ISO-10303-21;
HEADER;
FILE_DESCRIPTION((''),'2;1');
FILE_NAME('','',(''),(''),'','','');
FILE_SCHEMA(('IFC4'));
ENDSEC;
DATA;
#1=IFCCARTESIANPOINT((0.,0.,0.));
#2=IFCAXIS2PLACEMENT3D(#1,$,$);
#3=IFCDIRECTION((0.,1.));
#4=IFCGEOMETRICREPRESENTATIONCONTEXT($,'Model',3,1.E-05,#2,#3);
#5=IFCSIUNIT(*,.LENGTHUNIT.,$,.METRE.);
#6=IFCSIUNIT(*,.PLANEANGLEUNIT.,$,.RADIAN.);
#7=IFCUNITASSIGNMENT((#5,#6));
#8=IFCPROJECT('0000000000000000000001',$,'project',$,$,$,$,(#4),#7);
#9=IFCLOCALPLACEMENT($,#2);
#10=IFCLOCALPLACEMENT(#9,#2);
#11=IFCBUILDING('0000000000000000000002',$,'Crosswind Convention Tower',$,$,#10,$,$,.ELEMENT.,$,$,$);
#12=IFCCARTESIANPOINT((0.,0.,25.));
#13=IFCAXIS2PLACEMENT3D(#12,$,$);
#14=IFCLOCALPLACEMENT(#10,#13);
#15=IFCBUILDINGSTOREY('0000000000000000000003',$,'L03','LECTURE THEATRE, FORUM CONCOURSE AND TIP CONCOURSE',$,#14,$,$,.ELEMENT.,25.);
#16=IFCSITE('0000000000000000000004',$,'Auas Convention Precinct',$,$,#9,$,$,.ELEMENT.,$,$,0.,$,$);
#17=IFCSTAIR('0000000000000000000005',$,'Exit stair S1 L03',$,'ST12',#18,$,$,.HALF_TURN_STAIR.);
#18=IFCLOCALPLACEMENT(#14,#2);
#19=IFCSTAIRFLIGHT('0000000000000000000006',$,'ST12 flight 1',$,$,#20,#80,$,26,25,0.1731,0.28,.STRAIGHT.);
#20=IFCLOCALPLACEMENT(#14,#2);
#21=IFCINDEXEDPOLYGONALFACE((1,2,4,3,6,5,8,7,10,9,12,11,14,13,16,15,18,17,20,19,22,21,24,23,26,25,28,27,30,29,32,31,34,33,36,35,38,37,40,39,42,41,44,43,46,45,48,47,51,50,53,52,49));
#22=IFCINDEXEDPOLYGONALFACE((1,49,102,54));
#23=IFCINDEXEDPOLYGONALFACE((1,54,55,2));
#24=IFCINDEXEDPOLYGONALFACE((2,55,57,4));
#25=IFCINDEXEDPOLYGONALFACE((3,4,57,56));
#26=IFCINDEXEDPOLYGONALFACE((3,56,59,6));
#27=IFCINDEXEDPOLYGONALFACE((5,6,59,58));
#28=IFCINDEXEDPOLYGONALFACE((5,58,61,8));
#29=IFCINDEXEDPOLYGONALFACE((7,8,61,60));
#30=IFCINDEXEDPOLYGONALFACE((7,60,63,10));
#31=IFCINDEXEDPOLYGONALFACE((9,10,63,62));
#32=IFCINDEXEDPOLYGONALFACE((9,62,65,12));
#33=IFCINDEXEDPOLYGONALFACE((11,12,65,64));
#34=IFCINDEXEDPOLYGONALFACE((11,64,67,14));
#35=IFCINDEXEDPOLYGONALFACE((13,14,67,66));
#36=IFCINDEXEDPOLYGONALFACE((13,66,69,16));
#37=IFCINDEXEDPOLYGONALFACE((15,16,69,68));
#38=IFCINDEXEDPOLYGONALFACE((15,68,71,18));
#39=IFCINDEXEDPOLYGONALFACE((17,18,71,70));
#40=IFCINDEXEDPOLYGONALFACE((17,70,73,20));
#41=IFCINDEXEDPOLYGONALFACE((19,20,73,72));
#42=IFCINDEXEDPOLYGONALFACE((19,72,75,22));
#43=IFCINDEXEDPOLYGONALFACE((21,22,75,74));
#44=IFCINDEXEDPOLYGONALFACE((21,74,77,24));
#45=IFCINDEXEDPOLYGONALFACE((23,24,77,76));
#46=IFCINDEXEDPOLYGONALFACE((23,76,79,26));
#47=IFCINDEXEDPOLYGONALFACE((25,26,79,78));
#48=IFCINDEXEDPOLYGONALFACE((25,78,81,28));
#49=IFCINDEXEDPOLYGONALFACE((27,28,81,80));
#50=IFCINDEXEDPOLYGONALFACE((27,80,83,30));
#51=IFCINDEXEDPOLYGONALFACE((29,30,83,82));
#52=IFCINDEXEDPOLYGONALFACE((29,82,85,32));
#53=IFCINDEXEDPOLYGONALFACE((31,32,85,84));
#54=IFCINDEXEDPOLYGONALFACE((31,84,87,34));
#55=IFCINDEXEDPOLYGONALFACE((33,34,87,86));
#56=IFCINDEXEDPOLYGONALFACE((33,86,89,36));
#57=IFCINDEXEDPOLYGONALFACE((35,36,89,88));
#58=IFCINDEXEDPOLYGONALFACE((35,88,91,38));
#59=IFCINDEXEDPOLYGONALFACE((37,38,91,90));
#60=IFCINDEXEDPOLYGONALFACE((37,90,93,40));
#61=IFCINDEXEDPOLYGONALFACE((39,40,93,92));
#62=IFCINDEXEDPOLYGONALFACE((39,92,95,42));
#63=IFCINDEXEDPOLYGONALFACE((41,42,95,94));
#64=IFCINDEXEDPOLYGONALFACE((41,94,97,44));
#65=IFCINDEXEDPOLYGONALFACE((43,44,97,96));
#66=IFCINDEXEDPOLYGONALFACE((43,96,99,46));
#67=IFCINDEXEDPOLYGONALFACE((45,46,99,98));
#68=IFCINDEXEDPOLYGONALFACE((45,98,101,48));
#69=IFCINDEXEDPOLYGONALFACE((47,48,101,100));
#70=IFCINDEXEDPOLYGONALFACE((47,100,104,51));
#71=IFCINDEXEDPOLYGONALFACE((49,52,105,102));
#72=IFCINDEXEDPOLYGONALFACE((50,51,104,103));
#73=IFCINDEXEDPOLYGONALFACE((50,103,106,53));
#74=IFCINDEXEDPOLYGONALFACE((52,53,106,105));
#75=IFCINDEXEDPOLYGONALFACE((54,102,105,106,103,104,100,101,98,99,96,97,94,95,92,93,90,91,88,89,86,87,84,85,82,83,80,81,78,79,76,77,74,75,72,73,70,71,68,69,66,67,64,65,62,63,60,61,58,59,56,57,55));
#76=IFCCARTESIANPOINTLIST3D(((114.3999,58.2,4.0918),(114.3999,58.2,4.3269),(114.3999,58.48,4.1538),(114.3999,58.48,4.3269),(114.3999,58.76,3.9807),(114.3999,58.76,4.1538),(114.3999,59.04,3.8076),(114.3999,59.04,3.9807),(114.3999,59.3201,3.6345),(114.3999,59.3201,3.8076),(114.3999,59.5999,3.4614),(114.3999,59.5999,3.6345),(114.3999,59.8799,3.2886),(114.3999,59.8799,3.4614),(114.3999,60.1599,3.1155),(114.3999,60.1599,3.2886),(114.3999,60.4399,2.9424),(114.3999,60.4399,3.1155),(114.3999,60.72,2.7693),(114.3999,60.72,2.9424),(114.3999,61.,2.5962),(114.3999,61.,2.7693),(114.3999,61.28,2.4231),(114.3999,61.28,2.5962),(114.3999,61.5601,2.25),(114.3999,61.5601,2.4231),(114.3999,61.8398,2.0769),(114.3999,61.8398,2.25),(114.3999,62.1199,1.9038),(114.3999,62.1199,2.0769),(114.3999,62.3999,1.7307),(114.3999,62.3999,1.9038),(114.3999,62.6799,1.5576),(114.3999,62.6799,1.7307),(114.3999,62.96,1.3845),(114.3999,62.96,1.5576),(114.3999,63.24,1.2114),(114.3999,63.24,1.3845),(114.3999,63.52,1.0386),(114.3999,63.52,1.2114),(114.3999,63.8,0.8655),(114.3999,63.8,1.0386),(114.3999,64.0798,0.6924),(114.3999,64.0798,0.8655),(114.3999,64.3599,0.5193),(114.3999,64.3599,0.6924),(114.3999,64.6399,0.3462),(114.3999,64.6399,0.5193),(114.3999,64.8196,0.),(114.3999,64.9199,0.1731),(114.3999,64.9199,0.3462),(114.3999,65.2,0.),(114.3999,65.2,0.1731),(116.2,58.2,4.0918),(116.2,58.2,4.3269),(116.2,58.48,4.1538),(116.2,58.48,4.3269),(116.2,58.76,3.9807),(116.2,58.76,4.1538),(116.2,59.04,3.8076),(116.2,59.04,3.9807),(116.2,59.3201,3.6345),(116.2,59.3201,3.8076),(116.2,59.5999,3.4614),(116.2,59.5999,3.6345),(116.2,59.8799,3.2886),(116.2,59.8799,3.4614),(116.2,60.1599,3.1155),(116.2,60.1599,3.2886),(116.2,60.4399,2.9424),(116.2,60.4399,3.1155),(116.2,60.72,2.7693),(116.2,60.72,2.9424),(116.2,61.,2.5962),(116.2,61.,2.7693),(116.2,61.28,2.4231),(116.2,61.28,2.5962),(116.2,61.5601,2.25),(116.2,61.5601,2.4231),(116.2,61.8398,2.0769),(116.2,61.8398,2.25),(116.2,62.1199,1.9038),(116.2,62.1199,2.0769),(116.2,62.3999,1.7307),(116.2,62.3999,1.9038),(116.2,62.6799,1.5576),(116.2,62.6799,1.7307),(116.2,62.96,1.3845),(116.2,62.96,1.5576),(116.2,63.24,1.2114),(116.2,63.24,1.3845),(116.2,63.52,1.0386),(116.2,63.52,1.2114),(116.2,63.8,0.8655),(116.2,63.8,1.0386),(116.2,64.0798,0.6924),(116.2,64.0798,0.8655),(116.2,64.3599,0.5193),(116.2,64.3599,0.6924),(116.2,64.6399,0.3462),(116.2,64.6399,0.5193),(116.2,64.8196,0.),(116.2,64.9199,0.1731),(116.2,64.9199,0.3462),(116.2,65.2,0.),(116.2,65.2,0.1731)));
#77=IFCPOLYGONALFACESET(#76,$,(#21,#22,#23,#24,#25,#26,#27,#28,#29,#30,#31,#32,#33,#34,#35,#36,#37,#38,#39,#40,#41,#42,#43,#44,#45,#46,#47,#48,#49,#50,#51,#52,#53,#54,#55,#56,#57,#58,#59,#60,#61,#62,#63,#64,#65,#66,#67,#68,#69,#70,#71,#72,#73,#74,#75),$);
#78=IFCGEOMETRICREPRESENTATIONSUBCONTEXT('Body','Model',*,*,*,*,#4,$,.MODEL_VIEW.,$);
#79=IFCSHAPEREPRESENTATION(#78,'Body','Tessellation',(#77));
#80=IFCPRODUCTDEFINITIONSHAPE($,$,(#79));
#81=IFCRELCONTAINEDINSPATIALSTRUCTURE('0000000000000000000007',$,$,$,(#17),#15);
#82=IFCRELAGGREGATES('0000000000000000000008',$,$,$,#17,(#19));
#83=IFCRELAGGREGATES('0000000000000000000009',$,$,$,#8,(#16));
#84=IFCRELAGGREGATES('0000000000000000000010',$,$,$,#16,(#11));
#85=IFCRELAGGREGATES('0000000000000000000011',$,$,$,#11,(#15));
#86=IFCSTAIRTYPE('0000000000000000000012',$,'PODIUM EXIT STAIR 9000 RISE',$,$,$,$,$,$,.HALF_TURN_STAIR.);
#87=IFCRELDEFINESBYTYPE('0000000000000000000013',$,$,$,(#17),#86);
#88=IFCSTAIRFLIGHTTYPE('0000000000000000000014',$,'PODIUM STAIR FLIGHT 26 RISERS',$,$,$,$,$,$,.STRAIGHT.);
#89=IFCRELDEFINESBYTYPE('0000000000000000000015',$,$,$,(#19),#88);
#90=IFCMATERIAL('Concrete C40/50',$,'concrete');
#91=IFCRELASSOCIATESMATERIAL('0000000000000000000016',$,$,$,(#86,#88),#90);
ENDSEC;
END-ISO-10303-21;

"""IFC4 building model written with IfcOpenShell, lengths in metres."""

from ifc_helpers import new_model, si_unit, direction, frame, origin, place, context, subcontext, project, spatial, polyline, outline, extrude, material, type_object, element, aggregate, save


model = new_model("IFC4")

# Units and contexts
model_context = context("Model", 3, precision=1e-05, world=origin(), true_north=direction((0.0, 1.0)))
body_context = subcontext(model_context, "Body", "Model", "MODEL_VIEW")
ifc_project = project(units=[si_unit("LENGTHUNIT", "METRE"), si_unit("PLANEANGLEUNIT", "RADIAN")], contexts=[model_context])

# Site, building, storey
site_placement = place(None, origin())
site = spatial("IfcSite", under=ifc_project, at=site_placement, Name="Auas Convention Precinct", CompositionType="ELEMENT", RefElevation=0.0)
building_placement = place(site_placement, origin())
building = spatial("IfcBuilding", under=site, at=building_placement, Name="Crosswind Convention Tower", CompositionType="ELEMENT")
storey_placement = place(building_placement, frame((0.0, 0.0, 25.0)))
storey = spatial("IfcBuildingStorey", under=building, at=storey_placement, Name="L03", Description="LECTURE THEATRE, FORUM CONCOURSE AND TIP CONCOURSE", CompositionType="ELEMENT", Elevation=25.0)

# Shared definitions
ifc_material_1 = material(Name="Concrete C40/50", Category="concrete")

# Stair, stair flight
stair_type = type_object("IfcStairType", Name="PODIUM EXIT STAIR 9000 RISE", PredefinedType="HALF_TURN_STAIR", material=ifc_material_1)
stair_placement = place(storey_placement, origin())
stair = element("IfcStair", 1, at=stair_placement, inside=storey, type_object=stair_type, Name="Exit stair S1 L03", ObjectType="ST12", PredefinedType="HALF_TURN_STAIR")
stair_flight_type = type_object("IfcStairFlightType", Name="PODIUM STAIR FLIGHT 26 RISERS", PredefinedType="STRAIGHT", material=ifc_material_1)
stair_flight_placement = place(storey_placement, frame((115.3, 65.2, 0.0), z_axis=(0.0, 0.0, 1.0), x_axis=(0.0, -1.0, 0.0)))
stair_flight = element("IfcStairFlight", 2, at=stair_flight_placement, type_object=stair_flight_type, Name="ST12 flight 1", NumberOfRisers=26, NumberOfTreads=25, PredefinedType="STRAIGHT", RiserHeight=0.1731, TreadLength=0.28, context=body_context, shape_type="SweptSolid", body=[
    extrude(outline(polyline([(0.0, 0.0), (0.0, 0.1731), (0.28, 0.1731), (0.28, 0.3462), (0.5601, 0.3462), (0.5601, 0.5193), (0.8401, 0.5193), (0.8401, 0.6924), (1.1201, 0.6924), (1.1201, 0.8655), (1.3999, 0.8655), (1.3999, 1.0386), (1.6799, 1.0386), (1.6799, 1.2114), (1.96, 1.2114), (1.96, 1.3845), (2.24, 1.3845), (2.24, 1.5576), (2.52, 1.5576), (2.52, 1.7307), (2.8, 1.7307), (2.8, 1.9038), (3.0801, 1.9038), (3.0801, 2.0769), (3.3601, 2.0769), (3.3601, 2.25), (3.6399, 2.25), (3.6399, 2.4231), (3.9199, 2.4231), (3.9199, 2.5962), (4.2, 2.5962), (4.2, 2.7693), (4.48, 2.7693), (4.48, 2.9424), (4.76, 2.9424), (4.76, 3.1155), (5.04, 3.1155), (5.04, 3.2886), (5.3201, 3.2886), (5.3201, 3.4614), (5.6001, 3.4614), (5.6001, 3.6345), (5.8799, 3.6345), (5.8799, 3.8076), (6.1599, 3.8076), (6.1599, 3.9807), (6.4399, 3.9807), (6.4399, 4.1538), (6.72, 4.1538), (6.72, 4.3269), (7.0, 4.3269), (7.0, 4.5), (7.0, 4.0918), (0.3804, 0.0), (0.0, 0.0)])), frame((0.0, 0.8999, 0.0), z_axis=(0.0, -1.0, 0.0), x_axis=(1.0, 0.0, 0.0)), (0.0, 0.0, 1.0), 1.8),
])
aggregate(stair, [stair_flight])

save(model, "model.ifc")
